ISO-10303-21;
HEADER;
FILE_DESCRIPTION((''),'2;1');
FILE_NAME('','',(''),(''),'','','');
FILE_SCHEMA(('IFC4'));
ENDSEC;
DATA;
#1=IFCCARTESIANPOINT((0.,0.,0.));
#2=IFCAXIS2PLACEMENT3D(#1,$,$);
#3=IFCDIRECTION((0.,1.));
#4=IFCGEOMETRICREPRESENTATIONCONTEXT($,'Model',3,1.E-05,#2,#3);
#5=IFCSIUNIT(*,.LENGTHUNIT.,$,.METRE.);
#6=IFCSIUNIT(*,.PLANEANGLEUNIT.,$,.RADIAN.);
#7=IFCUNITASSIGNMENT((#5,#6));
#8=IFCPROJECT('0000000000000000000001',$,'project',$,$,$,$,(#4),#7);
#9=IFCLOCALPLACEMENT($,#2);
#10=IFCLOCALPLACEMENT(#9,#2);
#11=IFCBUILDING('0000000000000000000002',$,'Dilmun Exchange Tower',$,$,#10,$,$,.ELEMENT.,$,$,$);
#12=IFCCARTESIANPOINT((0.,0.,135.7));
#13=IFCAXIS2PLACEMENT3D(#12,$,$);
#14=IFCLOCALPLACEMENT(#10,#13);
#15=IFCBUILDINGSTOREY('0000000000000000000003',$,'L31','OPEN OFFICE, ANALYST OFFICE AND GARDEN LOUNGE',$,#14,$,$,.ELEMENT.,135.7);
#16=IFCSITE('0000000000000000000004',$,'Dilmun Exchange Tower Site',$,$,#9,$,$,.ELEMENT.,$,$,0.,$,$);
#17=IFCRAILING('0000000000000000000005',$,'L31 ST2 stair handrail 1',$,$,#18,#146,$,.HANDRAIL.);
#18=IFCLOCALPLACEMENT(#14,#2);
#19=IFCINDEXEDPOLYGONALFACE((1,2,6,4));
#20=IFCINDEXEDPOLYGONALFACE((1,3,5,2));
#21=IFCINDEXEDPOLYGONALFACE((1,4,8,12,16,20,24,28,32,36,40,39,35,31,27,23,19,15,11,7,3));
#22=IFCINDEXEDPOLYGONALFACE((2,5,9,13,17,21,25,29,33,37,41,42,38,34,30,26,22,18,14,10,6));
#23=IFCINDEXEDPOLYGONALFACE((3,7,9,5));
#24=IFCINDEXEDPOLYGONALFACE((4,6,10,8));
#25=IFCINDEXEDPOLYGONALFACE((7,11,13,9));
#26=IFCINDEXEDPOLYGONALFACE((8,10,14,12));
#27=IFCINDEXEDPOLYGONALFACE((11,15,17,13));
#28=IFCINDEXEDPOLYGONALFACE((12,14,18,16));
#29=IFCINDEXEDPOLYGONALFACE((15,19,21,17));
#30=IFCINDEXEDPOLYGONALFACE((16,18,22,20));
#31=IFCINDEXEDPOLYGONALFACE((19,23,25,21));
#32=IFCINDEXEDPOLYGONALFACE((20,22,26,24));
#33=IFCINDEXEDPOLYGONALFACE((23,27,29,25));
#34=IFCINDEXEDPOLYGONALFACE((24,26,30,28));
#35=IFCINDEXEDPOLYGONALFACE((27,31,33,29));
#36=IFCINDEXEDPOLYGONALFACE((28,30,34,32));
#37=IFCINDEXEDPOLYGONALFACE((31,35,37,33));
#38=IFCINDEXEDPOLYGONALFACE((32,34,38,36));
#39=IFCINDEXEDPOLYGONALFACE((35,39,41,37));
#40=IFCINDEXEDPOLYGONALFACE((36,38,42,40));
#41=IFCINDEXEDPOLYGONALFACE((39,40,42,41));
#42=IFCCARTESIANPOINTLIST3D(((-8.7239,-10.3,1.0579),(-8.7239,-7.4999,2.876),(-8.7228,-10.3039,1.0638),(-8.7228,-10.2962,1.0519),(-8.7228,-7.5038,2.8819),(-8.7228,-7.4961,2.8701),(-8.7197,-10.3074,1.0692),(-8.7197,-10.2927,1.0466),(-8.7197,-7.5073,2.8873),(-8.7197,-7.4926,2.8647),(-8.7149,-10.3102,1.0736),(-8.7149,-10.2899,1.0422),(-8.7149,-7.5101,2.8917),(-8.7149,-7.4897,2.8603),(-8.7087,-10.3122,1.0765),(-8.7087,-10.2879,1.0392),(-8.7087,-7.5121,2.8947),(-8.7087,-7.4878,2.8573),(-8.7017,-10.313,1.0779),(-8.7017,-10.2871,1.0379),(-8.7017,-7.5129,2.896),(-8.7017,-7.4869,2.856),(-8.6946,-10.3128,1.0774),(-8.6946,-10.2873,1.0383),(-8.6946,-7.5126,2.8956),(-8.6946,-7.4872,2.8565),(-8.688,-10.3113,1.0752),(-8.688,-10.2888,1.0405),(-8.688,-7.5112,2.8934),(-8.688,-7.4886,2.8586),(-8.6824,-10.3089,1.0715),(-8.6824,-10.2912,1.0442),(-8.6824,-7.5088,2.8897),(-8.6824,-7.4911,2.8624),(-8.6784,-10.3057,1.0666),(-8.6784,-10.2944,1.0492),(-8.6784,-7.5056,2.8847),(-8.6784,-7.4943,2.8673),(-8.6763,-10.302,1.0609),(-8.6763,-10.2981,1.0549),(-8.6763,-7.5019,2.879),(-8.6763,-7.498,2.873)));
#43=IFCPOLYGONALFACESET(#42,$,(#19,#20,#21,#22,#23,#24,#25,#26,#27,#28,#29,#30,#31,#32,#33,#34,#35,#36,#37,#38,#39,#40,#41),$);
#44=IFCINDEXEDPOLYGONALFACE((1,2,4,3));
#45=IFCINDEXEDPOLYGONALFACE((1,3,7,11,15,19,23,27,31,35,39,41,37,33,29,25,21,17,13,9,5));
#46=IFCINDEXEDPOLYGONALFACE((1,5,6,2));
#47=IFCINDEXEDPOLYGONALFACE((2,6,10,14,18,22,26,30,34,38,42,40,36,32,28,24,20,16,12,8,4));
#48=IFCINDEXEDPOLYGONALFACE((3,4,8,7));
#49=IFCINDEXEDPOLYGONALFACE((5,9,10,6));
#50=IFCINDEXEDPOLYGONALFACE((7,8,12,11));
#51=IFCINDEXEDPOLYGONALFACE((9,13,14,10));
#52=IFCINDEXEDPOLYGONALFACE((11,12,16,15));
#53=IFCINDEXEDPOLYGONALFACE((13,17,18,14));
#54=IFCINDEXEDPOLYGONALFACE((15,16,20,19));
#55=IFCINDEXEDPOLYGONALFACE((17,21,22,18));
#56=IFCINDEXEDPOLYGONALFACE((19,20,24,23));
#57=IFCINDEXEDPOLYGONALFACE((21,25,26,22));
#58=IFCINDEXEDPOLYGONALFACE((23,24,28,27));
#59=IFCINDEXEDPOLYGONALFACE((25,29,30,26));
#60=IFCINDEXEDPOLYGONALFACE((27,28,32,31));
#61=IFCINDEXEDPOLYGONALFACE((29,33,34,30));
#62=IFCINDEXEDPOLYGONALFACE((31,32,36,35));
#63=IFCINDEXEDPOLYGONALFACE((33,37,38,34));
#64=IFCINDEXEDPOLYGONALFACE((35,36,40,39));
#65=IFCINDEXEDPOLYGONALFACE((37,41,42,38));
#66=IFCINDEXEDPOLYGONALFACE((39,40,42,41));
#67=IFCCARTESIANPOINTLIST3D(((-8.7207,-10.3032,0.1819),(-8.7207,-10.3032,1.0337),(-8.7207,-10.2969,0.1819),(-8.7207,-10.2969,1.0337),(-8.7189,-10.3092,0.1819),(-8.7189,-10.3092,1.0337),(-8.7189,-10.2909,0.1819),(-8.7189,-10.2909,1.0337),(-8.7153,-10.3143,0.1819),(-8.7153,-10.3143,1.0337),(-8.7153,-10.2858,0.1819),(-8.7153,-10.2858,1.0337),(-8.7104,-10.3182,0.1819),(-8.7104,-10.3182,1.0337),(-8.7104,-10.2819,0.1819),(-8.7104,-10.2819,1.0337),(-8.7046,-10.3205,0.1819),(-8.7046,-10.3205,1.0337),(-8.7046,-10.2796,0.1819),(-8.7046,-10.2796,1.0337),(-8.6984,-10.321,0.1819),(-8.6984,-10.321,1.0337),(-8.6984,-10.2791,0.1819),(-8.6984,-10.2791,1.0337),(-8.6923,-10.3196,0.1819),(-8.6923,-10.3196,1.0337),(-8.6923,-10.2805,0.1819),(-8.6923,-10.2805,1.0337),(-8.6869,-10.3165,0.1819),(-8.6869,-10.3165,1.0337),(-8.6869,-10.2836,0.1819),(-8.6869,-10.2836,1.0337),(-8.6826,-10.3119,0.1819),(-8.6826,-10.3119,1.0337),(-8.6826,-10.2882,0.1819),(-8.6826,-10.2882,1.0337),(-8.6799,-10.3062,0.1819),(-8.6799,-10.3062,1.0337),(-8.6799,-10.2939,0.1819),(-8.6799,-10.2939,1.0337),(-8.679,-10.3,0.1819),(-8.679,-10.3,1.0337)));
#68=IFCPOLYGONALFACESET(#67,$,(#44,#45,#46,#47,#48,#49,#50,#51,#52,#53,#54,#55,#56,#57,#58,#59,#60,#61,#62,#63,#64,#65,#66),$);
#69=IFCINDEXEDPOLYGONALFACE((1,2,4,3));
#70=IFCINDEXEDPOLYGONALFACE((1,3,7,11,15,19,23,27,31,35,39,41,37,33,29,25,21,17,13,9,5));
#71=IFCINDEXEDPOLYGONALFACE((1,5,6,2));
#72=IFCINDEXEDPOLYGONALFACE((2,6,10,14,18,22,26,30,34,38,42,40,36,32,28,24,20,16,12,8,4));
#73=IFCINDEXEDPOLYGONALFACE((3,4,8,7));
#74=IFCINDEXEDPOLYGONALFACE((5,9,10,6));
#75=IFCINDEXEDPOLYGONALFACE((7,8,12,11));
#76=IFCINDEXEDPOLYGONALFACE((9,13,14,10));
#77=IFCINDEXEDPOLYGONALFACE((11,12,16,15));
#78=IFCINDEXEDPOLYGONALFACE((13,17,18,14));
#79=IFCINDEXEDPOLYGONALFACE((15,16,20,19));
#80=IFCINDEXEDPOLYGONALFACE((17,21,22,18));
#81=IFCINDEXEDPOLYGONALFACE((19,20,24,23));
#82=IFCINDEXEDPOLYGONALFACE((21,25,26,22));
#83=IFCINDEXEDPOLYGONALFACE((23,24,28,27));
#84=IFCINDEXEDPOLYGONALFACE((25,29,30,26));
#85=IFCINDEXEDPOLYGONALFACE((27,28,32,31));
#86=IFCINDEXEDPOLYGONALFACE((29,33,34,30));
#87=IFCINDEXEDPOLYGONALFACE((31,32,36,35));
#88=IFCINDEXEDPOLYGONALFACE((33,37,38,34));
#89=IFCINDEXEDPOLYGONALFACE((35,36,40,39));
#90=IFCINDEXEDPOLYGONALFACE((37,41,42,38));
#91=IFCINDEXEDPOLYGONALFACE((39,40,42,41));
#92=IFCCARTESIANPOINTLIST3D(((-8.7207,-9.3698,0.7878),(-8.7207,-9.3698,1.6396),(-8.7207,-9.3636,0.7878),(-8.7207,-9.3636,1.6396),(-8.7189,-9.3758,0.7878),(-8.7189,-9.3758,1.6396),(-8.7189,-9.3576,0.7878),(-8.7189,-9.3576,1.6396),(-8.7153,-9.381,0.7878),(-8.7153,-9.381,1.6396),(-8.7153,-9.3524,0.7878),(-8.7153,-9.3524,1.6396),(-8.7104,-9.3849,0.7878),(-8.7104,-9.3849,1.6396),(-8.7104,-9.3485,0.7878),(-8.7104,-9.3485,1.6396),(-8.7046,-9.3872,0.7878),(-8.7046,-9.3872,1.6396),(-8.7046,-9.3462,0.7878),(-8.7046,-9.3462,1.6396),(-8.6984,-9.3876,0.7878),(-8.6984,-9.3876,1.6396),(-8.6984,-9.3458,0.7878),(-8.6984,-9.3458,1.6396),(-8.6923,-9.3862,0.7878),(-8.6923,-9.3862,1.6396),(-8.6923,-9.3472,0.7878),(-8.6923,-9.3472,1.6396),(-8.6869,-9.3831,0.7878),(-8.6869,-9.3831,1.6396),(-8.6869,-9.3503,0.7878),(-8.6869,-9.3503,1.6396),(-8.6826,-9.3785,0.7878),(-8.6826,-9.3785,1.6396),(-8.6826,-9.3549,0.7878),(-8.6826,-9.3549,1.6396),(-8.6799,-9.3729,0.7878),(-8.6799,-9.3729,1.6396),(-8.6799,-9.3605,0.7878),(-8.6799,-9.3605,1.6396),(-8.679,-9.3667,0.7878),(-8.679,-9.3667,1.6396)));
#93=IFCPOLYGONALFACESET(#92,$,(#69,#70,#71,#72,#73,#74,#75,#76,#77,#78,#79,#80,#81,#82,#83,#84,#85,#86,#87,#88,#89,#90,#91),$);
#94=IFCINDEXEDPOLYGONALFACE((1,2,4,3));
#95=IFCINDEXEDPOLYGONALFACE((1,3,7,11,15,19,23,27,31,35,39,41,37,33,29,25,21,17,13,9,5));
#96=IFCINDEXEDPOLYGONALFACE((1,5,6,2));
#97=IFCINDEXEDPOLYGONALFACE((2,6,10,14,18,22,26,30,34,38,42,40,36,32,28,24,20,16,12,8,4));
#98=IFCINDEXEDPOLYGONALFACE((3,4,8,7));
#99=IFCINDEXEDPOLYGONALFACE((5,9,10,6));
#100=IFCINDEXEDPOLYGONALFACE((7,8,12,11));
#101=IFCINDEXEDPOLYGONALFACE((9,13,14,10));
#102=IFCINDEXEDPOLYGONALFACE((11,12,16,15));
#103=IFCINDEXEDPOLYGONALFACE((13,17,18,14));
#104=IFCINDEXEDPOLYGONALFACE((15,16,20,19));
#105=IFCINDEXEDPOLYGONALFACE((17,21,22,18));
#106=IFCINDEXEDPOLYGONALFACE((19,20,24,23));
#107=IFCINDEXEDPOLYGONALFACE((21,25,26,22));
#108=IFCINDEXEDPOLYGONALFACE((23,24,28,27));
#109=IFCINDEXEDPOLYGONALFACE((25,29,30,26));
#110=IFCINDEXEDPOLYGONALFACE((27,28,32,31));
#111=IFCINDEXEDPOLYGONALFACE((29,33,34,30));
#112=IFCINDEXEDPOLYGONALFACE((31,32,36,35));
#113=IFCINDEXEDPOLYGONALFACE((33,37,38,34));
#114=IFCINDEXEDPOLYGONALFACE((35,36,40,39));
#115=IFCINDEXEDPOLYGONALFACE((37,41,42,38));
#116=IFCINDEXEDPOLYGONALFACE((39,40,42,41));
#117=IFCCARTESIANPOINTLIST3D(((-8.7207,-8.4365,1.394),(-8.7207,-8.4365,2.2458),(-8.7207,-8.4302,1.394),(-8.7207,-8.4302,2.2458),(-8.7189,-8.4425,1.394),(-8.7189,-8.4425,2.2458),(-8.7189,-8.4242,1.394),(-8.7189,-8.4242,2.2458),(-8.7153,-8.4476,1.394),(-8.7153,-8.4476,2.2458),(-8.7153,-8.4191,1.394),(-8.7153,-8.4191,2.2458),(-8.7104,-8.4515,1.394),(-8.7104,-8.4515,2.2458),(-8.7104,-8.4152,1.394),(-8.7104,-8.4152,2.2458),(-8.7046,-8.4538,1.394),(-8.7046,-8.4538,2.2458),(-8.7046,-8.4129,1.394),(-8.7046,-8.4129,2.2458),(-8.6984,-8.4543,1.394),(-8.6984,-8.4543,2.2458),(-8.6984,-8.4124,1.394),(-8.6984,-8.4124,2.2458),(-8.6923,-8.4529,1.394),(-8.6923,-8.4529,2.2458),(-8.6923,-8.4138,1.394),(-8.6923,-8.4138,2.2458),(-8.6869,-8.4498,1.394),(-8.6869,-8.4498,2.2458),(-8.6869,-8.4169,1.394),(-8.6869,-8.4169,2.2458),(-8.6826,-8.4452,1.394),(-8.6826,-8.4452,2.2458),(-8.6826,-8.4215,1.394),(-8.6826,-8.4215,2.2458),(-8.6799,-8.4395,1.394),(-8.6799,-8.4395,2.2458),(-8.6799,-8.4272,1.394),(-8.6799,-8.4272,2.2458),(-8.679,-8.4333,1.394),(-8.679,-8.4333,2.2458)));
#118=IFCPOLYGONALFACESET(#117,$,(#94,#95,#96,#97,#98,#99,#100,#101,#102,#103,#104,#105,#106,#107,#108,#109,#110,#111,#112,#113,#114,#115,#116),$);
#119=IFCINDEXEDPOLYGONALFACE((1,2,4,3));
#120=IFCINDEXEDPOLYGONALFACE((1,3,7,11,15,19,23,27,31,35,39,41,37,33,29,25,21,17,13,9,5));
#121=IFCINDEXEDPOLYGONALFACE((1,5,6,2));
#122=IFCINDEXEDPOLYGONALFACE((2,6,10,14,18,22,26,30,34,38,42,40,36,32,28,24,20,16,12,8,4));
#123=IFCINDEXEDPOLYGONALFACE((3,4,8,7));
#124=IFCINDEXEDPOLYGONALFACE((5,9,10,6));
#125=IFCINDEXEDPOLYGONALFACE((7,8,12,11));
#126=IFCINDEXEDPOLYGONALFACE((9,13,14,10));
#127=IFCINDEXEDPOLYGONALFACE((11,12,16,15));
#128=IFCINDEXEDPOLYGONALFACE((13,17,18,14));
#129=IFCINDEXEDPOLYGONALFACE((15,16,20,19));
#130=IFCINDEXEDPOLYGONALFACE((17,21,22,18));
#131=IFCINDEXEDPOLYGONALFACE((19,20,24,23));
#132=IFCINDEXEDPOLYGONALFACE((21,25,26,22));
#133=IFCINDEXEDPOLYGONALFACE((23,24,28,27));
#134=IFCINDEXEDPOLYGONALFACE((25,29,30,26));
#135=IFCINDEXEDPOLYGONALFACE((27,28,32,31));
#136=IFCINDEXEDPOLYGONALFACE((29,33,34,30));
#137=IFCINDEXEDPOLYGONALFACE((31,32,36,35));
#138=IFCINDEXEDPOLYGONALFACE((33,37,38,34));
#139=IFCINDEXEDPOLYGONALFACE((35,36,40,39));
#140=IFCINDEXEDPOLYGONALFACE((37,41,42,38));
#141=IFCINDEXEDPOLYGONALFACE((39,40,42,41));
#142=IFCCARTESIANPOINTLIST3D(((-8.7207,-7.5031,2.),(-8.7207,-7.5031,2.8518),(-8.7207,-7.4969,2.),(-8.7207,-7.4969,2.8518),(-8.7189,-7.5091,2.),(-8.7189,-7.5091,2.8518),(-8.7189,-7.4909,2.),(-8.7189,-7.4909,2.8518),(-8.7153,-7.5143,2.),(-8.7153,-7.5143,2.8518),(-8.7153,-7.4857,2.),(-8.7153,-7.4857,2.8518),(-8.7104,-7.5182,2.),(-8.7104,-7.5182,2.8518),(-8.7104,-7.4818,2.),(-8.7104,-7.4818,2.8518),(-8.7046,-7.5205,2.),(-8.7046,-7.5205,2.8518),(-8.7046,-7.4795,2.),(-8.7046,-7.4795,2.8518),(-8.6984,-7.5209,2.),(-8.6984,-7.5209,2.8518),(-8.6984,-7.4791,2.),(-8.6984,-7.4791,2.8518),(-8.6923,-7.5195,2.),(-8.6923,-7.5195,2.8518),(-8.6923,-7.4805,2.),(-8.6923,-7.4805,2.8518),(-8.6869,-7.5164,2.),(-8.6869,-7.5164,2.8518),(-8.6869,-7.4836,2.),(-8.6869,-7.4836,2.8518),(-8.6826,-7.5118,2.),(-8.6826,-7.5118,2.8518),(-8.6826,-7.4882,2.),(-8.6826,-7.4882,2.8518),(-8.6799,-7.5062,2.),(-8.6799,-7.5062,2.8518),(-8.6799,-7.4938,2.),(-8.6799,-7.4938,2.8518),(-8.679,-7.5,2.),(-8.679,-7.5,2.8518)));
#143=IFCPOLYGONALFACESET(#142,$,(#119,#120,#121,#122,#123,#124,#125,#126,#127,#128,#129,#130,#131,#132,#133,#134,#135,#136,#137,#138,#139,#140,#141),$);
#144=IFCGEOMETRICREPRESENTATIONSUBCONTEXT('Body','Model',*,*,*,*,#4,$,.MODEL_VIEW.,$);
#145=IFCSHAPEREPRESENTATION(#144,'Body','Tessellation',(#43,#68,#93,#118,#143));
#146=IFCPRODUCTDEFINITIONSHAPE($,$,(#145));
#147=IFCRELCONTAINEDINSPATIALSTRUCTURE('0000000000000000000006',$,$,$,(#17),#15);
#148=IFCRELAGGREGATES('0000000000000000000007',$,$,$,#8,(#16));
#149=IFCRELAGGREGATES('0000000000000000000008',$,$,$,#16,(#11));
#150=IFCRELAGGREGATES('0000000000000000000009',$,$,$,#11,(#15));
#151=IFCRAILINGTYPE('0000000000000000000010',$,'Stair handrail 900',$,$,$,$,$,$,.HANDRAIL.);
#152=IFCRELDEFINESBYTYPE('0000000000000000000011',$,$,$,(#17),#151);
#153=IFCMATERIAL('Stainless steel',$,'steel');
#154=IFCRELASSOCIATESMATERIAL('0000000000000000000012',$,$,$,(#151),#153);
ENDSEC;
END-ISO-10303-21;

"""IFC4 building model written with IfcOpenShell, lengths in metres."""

from ifc_helpers import new_model, si_unit, direction, frame, origin, origin_2d, place, context, subcontext, project, spatial, circle, extrude, material, type_object, element, save


model = new_model("IFC4")

# Units and contexts
model_context = context("Model", 3, precision=1e-05, world=origin(), true_north=direction((0.0, 1.0)))
body_context = subcontext(model_context, "Body", "Model", "MODEL_VIEW")
ifc_project = project(units=[si_unit("LENGTHUNIT", "METRE"), si_unit("PLANEANGLEUNIT", "RADIAN")], contexts=[model_context])

# Site, building, storey
site_placement = place(None, origin())
site = spatial("IfcSite", under=ifc_project, at=site_placement, Name="Dilmun Exchange Tower Site", CompositionType="ELEMENT", RefElevation=0.0)
building_placement = place(site_placement, origin())
building = spatial("IfcBuilding", under=site, at=building_placement, Name="Dilmun Exchange Tower", CompositionType="ELEMENT")
storey_placement = place(building_placement, frame((0.0, 0.0, 135.7)))
storey = spatial("IfcBuildingStorey", under=building, at=storey_placement, Name="L31", Description="OPEN OFFICE, ANALYST OFFICE AND GARDEN LOUNGE", CompositionType="ELEMENT", Elevation=135.7)

# Railing
ifc_material_1 = material(Name="Stainless steel", Category="steel")
railing_type = type_object("IfcRailingType", Name="Stair handrail 900", PredefinedType="HANDRAIL", material=ifc_material_1)
railing_1_placement = place(storey_placement, frame((-8.7, -10.3, 0.1819)))
element("IfcRailing", 1, at=railing_1_placement, inside=storey, type_object=railing_type, Name="L31 ST2 stair handrail 1", PredefinedType="HANDRAIL", context=body_context, shape_type="SweptSolid", body=[
    extrude(circle(Radius=0.0239, at=origin_2d()), frame((0.0, 0.0, 0.876), z_axis=(0.0, 0.838706, 0.544585), x_axis=(-1.0, 0.0, 0.0)), (0.0, 0.0, 1.0), 3.3386),
    extrude(circle(Radius=0.021, at=origin_2d()), origin(), (0.0, 0.0, 1.0), 0.8518),
    extrude(circle(Radius=0.021, at=origin_2d()), frame((0.0, 0.9333, 0.606)), (0.0, 0.0, 1.0), 0.8518),
    extrude(circle(Radius=0.021, at=origin_2d()), frame((0.0, 1.8667, 1.2122)), (0.0, 0.0, 1.0), 0.8518),
    extrude(circle(Radius=0.021, at=origin_2d()), frame((0.0, 2.8, 1.8181)), (0.0, 0.0, 1.0), 0.8518),
])

save(model, "model.ifc")
